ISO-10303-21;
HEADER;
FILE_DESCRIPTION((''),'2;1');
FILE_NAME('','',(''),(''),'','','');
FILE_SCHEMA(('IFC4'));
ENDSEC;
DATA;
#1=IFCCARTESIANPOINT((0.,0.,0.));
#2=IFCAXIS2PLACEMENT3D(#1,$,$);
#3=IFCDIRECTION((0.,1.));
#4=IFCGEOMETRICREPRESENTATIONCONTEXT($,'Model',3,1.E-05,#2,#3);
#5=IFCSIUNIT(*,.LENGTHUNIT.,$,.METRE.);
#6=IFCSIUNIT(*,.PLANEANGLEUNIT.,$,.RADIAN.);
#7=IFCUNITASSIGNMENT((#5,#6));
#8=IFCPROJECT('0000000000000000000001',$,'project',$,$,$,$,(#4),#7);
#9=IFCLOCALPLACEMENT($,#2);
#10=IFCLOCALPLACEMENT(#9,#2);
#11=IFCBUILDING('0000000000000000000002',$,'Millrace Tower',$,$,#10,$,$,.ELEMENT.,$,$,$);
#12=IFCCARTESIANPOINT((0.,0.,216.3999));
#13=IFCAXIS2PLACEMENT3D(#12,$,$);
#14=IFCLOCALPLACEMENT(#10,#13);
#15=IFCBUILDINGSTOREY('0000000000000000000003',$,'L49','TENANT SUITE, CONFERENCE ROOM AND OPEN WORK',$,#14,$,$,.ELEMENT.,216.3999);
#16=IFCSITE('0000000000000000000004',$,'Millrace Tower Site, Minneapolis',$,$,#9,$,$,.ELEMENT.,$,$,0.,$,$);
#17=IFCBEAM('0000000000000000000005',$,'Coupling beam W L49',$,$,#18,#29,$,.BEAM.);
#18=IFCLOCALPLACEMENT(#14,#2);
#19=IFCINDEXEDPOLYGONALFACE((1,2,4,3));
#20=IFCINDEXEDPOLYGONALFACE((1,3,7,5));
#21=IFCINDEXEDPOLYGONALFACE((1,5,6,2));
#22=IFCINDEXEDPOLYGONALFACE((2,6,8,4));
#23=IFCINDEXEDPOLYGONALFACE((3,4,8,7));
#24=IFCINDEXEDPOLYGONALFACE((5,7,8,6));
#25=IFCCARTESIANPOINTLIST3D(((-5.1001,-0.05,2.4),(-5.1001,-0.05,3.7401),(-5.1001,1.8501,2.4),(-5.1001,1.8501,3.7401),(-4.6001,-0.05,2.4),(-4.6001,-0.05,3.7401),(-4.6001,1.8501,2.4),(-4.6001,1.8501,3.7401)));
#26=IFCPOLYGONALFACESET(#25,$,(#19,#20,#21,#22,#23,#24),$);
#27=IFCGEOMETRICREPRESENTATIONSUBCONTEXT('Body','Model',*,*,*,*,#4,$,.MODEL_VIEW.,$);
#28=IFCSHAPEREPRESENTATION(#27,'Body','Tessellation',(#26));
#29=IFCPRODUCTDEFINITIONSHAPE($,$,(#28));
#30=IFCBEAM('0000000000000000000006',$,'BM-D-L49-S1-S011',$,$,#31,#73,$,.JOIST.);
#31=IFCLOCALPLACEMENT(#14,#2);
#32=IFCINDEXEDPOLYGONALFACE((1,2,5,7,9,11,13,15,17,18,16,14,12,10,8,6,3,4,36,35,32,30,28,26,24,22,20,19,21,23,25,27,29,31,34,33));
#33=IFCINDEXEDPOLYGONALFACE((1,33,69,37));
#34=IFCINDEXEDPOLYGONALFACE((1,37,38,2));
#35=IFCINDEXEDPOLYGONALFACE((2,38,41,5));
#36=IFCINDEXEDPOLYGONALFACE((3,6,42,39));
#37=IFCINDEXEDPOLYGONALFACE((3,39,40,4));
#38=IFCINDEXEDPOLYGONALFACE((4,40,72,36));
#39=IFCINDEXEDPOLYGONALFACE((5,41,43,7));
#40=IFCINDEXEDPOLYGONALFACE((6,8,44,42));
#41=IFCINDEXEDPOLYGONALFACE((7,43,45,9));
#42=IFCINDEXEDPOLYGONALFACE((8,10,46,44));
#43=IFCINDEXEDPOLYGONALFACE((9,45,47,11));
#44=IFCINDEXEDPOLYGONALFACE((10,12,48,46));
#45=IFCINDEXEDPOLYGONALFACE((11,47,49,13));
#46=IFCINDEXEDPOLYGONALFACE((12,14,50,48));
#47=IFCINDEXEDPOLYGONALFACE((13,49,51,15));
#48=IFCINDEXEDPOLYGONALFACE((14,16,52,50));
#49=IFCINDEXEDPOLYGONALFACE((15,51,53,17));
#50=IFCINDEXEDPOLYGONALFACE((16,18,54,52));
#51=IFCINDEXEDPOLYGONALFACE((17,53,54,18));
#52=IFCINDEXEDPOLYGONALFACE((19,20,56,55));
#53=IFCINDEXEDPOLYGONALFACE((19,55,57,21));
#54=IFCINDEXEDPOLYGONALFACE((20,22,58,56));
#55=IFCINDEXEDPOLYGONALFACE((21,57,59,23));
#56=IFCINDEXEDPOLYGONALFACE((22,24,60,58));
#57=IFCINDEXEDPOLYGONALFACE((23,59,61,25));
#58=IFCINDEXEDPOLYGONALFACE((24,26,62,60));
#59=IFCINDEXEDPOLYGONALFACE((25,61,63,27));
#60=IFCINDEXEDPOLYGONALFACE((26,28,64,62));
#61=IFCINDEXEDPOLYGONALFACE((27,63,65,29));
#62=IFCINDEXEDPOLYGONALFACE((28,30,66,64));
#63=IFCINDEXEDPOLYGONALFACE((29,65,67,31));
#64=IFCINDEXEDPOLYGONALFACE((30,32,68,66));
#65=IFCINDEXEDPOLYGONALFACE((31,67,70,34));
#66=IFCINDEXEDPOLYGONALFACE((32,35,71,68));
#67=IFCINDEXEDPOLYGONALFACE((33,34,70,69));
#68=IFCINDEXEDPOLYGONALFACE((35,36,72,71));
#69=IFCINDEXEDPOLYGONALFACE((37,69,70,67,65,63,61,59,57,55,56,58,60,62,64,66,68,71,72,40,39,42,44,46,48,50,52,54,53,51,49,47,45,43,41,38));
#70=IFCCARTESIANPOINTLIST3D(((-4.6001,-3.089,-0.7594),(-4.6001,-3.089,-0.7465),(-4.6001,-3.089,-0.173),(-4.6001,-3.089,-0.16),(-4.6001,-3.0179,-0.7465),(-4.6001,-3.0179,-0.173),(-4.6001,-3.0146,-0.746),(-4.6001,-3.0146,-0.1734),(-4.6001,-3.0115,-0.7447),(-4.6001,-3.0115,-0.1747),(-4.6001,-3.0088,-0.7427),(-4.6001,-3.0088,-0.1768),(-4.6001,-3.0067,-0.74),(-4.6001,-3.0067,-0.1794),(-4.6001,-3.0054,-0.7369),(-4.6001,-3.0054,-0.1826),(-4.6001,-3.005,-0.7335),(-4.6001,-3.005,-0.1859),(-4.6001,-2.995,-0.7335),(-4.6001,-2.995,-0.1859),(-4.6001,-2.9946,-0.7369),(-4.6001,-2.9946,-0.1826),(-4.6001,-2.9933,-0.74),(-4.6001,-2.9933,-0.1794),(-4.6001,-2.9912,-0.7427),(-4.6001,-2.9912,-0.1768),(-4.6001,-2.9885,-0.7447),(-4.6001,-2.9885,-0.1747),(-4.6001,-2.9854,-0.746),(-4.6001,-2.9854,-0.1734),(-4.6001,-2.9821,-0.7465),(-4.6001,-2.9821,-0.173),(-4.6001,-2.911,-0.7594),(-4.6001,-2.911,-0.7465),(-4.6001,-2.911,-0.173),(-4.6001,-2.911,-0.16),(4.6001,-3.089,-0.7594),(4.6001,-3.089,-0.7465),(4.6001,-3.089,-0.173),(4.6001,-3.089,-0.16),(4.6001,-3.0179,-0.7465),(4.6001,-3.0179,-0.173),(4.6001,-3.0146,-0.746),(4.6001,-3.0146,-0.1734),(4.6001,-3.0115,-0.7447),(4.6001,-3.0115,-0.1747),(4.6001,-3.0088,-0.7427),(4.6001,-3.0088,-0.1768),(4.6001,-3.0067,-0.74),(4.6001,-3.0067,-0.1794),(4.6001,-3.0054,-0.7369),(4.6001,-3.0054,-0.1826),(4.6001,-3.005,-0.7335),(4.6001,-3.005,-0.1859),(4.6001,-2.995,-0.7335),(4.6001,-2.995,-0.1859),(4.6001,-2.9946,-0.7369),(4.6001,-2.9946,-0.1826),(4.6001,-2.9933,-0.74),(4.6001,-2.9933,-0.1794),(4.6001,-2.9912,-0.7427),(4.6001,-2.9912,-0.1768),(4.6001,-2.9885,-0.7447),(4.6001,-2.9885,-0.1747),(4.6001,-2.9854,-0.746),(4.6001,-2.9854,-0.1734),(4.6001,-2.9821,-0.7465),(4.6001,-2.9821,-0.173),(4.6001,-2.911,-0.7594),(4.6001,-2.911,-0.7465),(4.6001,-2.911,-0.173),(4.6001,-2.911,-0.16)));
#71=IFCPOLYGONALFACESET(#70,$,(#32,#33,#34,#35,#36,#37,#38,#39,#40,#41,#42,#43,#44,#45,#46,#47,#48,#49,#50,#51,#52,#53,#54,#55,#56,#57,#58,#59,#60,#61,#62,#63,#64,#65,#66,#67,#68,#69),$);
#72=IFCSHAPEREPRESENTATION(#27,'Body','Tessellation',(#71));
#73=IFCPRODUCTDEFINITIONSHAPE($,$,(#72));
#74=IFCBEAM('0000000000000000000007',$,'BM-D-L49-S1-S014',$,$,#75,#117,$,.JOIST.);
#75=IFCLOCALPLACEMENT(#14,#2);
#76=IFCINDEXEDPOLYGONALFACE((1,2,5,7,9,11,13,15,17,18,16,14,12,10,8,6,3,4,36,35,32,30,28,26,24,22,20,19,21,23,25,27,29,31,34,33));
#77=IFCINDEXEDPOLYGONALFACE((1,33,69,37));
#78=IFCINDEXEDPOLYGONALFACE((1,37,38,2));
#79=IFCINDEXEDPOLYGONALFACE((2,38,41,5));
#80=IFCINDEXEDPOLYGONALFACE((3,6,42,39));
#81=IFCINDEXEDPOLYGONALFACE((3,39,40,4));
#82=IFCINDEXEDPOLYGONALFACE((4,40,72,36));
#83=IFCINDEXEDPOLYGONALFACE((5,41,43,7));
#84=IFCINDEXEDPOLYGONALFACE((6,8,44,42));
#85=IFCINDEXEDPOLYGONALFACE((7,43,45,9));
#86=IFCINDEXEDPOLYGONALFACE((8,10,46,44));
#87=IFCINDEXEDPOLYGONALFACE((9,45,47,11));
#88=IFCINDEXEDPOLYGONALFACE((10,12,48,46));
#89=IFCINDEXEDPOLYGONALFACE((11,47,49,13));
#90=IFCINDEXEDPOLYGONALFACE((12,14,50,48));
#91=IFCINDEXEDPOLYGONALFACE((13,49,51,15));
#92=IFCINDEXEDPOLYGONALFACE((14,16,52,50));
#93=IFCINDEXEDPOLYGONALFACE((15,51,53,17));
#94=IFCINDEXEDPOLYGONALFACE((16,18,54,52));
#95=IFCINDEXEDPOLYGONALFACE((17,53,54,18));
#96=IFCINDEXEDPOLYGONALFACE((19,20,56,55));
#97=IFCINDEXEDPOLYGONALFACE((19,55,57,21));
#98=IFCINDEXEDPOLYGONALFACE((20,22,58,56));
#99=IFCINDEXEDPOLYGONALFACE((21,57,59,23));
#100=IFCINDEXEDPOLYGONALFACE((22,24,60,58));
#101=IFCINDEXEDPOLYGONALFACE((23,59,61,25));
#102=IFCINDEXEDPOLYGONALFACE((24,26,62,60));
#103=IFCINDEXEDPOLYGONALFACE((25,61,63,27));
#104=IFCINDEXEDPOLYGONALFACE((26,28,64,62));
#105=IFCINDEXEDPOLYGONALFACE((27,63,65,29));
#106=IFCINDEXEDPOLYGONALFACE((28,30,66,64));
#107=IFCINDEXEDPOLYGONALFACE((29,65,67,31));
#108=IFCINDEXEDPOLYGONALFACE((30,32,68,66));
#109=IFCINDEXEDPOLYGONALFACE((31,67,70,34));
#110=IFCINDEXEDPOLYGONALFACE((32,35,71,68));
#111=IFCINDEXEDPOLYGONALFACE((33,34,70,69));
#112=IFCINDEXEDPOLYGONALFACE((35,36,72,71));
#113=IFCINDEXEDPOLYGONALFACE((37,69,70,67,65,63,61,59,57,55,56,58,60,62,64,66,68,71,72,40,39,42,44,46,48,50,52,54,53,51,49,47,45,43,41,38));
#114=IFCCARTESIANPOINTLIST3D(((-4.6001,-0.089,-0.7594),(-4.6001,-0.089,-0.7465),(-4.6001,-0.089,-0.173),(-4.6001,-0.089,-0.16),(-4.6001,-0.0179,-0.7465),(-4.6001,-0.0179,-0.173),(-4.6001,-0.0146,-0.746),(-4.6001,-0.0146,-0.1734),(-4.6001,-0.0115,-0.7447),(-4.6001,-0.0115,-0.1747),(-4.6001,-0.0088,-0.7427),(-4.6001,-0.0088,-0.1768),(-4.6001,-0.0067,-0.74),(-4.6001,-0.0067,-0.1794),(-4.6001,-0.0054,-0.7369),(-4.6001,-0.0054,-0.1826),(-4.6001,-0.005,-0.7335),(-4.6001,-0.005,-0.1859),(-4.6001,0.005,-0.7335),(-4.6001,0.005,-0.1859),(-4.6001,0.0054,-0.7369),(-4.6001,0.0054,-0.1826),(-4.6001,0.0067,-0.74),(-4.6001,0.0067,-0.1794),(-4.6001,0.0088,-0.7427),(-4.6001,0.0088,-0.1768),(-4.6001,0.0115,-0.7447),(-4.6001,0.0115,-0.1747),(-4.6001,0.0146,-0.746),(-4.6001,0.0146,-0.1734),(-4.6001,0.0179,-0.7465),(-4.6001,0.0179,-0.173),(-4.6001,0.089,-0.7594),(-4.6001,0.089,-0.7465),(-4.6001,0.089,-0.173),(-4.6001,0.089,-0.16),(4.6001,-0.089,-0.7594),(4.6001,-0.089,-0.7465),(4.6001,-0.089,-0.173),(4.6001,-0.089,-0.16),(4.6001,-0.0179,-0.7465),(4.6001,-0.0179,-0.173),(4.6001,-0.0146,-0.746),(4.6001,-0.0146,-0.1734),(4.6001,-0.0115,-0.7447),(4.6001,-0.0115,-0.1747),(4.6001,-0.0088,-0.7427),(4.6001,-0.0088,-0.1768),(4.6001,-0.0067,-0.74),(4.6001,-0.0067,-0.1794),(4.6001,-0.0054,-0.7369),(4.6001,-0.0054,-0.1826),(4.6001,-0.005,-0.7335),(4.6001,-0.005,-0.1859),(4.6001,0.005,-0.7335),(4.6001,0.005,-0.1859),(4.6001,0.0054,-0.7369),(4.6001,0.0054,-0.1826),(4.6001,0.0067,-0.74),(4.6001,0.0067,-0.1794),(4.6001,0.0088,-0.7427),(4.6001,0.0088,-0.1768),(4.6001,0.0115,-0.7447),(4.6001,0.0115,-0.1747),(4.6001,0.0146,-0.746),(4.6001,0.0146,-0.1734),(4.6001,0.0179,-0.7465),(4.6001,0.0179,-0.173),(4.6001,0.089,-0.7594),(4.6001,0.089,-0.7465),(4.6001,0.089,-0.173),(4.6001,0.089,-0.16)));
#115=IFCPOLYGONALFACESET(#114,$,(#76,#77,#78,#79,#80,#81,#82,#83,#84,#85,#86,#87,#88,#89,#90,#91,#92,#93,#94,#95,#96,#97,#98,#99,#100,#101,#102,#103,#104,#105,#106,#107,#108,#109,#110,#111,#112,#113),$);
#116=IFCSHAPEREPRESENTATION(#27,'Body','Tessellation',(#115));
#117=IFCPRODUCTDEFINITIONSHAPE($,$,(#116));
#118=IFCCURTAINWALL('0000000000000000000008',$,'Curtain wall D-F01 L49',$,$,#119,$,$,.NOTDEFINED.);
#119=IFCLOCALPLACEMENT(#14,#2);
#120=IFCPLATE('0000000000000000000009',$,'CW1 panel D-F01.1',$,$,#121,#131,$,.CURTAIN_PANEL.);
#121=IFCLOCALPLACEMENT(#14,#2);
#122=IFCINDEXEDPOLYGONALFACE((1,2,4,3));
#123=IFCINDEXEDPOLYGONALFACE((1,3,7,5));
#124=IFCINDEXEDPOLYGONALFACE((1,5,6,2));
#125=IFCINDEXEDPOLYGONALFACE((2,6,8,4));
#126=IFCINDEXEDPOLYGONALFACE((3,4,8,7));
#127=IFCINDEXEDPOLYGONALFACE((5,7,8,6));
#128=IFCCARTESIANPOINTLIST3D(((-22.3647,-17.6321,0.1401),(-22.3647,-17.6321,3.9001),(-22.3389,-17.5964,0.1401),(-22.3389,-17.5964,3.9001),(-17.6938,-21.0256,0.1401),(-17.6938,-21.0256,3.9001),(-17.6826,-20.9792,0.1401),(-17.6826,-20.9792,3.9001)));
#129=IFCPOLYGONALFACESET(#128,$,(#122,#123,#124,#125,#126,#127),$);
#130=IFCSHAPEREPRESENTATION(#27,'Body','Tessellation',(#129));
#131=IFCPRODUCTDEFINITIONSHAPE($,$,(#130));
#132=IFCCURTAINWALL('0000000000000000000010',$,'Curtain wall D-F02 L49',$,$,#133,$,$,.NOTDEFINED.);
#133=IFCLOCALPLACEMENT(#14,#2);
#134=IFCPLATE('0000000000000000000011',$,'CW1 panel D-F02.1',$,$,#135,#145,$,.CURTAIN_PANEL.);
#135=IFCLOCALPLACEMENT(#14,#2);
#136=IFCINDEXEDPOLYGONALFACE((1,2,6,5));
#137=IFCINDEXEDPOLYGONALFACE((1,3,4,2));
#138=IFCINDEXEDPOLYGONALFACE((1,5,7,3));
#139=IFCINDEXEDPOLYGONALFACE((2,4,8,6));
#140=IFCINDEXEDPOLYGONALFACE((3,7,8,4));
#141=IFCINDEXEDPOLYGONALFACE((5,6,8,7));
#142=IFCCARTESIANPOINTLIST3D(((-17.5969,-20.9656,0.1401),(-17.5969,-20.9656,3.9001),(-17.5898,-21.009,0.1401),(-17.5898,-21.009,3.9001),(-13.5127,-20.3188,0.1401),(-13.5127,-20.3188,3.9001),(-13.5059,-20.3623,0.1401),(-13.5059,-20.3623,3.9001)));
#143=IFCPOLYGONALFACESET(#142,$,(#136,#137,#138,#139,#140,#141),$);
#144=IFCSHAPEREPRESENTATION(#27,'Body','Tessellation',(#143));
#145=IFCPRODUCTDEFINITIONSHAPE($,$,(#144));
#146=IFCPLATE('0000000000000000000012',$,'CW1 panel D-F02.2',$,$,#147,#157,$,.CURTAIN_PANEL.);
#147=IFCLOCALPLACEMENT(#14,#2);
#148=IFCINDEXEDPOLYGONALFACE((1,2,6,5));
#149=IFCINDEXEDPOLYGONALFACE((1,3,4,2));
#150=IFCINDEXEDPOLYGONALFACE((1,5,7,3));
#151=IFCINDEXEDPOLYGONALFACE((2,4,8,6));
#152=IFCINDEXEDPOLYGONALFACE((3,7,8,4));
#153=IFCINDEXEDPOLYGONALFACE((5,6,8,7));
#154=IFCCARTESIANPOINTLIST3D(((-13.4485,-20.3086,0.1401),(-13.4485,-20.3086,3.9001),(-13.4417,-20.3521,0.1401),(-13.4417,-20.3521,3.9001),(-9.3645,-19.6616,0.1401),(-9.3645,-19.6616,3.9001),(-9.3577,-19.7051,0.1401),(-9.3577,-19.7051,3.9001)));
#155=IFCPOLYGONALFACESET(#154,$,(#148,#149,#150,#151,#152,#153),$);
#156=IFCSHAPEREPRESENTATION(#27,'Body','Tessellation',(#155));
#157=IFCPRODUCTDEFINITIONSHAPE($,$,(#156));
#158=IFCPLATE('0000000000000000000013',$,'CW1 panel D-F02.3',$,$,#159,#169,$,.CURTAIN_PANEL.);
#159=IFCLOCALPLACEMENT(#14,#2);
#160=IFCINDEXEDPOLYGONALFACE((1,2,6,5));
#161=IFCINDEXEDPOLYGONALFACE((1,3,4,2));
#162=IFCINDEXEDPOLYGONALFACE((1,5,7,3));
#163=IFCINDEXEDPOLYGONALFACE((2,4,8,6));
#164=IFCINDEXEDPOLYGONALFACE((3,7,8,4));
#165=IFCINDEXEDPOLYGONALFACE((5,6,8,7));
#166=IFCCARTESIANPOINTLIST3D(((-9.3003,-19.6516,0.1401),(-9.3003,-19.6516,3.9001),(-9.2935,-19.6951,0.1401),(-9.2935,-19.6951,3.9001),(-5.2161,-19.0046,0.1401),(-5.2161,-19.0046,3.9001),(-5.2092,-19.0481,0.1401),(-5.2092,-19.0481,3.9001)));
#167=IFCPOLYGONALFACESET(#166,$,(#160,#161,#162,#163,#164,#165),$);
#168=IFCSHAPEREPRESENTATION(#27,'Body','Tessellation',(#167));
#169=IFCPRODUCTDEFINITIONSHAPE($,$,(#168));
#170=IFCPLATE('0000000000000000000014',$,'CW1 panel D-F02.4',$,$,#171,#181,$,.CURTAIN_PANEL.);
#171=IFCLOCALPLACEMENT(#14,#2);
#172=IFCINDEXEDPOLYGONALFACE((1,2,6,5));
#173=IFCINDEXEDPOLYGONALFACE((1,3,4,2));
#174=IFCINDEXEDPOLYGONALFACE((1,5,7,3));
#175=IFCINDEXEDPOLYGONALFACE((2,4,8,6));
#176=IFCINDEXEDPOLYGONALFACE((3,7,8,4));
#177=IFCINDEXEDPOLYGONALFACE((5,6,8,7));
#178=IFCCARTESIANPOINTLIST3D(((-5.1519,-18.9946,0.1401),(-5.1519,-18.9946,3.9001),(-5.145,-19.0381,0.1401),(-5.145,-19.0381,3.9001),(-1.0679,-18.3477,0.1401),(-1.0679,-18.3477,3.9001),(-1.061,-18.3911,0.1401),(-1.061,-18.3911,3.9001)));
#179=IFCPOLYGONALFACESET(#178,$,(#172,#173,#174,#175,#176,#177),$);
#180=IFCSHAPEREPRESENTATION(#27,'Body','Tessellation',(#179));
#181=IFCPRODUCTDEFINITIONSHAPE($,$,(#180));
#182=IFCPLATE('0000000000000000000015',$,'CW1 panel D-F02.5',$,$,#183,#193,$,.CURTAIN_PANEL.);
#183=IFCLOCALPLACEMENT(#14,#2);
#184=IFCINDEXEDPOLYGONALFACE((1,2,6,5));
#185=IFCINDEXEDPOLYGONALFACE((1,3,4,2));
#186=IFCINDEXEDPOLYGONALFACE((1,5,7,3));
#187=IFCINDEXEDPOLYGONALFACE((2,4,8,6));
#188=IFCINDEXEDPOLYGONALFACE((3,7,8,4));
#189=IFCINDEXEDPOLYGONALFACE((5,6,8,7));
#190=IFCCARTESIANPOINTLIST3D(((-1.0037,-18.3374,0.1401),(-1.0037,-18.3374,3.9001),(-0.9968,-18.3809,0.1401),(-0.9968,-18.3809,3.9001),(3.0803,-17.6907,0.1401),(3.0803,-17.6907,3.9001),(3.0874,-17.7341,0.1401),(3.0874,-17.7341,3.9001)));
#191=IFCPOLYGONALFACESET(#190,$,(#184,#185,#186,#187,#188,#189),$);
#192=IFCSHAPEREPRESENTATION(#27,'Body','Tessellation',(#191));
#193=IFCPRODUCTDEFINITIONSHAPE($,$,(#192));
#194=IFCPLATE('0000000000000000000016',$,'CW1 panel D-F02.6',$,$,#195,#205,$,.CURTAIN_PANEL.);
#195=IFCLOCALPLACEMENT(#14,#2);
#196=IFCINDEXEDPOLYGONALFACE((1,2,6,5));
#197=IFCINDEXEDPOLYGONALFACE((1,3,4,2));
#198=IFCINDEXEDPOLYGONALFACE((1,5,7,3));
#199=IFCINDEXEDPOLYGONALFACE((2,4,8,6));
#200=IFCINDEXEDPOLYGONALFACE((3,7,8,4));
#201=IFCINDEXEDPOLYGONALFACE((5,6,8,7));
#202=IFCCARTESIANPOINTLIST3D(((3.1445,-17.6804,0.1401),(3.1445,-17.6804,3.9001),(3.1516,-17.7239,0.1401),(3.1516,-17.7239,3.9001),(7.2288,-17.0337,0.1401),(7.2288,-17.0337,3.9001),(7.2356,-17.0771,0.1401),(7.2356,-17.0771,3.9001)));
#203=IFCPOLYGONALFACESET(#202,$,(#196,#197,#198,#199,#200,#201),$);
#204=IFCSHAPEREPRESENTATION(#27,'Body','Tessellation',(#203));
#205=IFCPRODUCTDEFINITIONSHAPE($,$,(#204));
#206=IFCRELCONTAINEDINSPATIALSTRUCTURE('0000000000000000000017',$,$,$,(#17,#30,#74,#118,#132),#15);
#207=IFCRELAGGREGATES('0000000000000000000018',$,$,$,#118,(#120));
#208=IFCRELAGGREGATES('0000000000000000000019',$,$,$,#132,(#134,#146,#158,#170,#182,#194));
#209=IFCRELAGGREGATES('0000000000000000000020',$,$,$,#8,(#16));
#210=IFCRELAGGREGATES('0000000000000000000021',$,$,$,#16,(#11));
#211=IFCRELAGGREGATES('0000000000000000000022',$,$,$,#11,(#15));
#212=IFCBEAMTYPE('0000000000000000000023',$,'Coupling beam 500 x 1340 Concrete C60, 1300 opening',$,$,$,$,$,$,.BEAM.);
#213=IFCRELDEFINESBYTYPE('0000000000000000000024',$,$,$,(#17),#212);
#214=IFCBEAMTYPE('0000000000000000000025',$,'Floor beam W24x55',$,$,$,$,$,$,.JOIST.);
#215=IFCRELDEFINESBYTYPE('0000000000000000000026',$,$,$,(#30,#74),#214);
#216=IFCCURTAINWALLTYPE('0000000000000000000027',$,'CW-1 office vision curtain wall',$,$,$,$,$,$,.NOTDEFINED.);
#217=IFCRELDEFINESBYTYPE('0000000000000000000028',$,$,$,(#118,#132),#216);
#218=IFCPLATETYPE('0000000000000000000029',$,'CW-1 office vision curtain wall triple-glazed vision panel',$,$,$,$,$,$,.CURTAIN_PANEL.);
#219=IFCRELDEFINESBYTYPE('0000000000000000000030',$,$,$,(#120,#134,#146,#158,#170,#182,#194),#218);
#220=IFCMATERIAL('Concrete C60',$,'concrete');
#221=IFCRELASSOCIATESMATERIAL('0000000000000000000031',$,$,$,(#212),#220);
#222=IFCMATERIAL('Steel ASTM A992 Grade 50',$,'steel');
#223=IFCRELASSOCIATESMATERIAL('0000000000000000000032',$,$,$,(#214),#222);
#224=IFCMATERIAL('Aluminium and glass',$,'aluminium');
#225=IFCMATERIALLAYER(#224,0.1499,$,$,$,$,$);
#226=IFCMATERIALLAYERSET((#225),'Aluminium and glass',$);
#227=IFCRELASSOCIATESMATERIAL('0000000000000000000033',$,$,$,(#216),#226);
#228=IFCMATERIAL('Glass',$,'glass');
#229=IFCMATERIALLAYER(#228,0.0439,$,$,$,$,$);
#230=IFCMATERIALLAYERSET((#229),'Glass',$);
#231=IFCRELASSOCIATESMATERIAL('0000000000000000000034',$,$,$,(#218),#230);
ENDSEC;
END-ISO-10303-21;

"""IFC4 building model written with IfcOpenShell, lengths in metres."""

from ifc_helpers import new_model, si_unit, direction, frame, origin, origin_2d, place, context, subcontext, project, spatial, polyline, rectangle, i_section, outline, extrude, material, layer, layer_set, material_profile, profile_set, type_object, element, aggregate, save


model = new_model("IFC4")

# Units and contexts
model_context = context("Model", 3, precision=1e-05, world=origin(), true_north=direction((0.0, 1.0)))
body_context = subcontext(model_context, "Body", "Model", "MODEL_VIEW")
ifc_project = project(units=[si_unit("LENGTHUNIT", "METRE"), si_unit("PLANEANGLEUNIT", "RADIAN")], contexts=[model_context])

# Site, building, storey
site_placement = place(None, origin())
site = spatial("IfcSite", under=ifc_project, at=site_placement, Name="Millrace Tower Site, Minneapolis", CompositionType="ELEMENT", RefElevation=0.0)
building_placement = place(site_placement, origin())
building = spatial("IfcBuilding", under=site, at=building_placement, Name="Millrace Tower", CompositionType="ELEMENT")
storey_placement = place(building_placement, frame((0.0, 0.0, 216.3999)))
storey = spatial("IfcBuildingStorey", under=building, at=storey_placement, Name="L49", Description="TENANT SUITE, CONFERENCE ROOM AND OPEN WORK", CompositionType="ELEMENT", Elevation=216.3999)

# Beams
ifc_material_1 = material(Name="Concrete C60", Category="concrete")
ifc_material_profile_1 = material_profile(ifc_material_1, rectangle(XDim=0.5, YDim=1.3401, at=origin_2d()))
ifc_profile_set_1 = profile_set([ifc_material_profile_1], Name="Concrete C60")
beam_type_1 = type_object("IfcBeamType", Name="Coupling beam 500 x 1340 Concrete C60, 1300 opening", PredefinedType="BEAM", material=ifc_profile_set_1)
beam_placement = place(storey_placement, frame((-4.8501, -0.05, 3.0701), z_axis=(0.0, 1.0, 0.0), x_axis=(-1.0, 0.0, 0.0)))
element("IfcBeam", 1, at=beam_placement, inside=storey, type_object=beam_type_1, Name="Coupling beam W L49", PredefinedType="BEAM", context=body_context, shape_type="SweptSolid", body=[
    extrude(rectangle(XDim=0.5, YDim=1.3401, at=origin_2d()), origin(), (0.0, 0.0, 1.0), 1.9001),
])
ifc_material_2 = material(Name="Steel ASTM A992 Grade 50", Category="steel")
ifc_material_profile_2 = material_profile(ifc_material_2, i_section(OverallWidth=0.178, OverallDepth=0.5994, WebThickness=0.01, FlangeThickness=0.0129, FilletRadius=0.0129, at=origin_2d()))
ifc_profile_set_2 = profile_set([ifc_material_profile_2], Name="Steel ASTM A992 Grade 50")
beam_type_2 = type_object("IfcBeamType", Name="Floor beam W24x55", PredefinedType="JOIST", material=ifc_profile_set_2)
for number, where, z_axis, x_axis, name in (
    (2, (-4.6001, -3.0, -0.4597), (1.0, 0.0, 0.0), (0.0, 1.0, 0.0), "BM-D-L49-S1-S011"),
    (3, (-4.6001, 0.0, -0.4597), (1.0, 0.0, 0.0), (0.0, 1.0, 0.0), "BM-D-L49-S1-S014"),
):
    element("IfcBeam", number, at=place(storey_placement, frame(where, z_axis=z_axis, x_axis=x_axis)), inside=storey, type_object=beam_type_2, Name=name, PredefinedType="JOIST", context=body_context, shape_type="SweptSolid", body=[
        extrude(i_section(OverallWidth=0.178, OverallDepth=0.5994, WebThickness=0.01, FlangeThickness=0.0129, FilletRadius=0.0129, at=origin_2d()), origin(), (0.0, 0.0, 1.0), 9.2002),
    ])

# Curtain wall, plate
ifc_material_3 = material(Name="Aluminium and glass", Category="aluminium")
ifc_layer_1 = layer(ifc_material_3, 0.1499)
ifc_layer_set_1 = layer_set([ifc_layer_1], Name="Aluminium and glass")
curtain_wall_type = type_object("IfcCurtainWallType", Name="CW-1 office vision curtain wall", PredefinedType="NOTDEFINED", material=ifc_layer_set_1)
placement_1 = place(storey_placement, origin())
curtain_wall_1 = element("IfcCurtainWall", 4, at=placement_1, inside=storey, type_object=curtain_wall_type, Name="Curtain wall D-F01 L49", PredefinedType="NOTDEFINED")
ifc_material_4 = material(Name="Glass", Category="glass")
ifc_layer_2 = layer(ifc_material_4, 0.0439)
ifc_layer_set_2 = layer_set([ifc_layer_2], Name="Glass")
plate_type = type_object("IfcPlateType", Name="CW-1 office vision curtain wall triple-glazed vision panel", PredefinedType="CURTAIN_PANEL", material=ifc_layer_set_2)
placement_2 = place(storey_placement, frame((0.0, 0.0, 0.1401)))
plate_1 = element("IfcPlate", 5, at=placement_2, type_object=plate_type, Name="CW1 panel D-F01.1", PredefinedType="CURTAIN_PANEL", context=body_context, shape_type="SweptSolid", body=[
    extrude(outline(polyline([(-22.3647, -17.6321), (-17.6938, -21.0256), (-17.6826, -20.9792), (-22.3389, -17.5964), (-22.3647, -17.6321)])), origin(), (0.0, 0.0, 1.0), 3.76),
])
aggregate(curtain_wall_1, [plate_1])

# Curtain wall, plates
curtain_wall_2 = element("IfcCurtainWall", 6, at=placement_1, inside=storey, type_object=curtain_wall_type, Name="Curtain wall D-F02 L49", PredefinedType="NOTDEFINED")
plate_2 = element("IfcPlate", 7, at=placement_2, type_object=plate_type, Name="CW1 panel D-F02.1", PredefinedType="CURTAIN_PANEL", context=body_context, shape_type="SweptSolid", body=[
    extrude(outline(polyline([(-17.5898, -21.009), (-13.5059, -20.3623), (-13.5127, -20.3188), (-17.5969, -20.9656), (-17.5898, -21.009)])), origin(), (0.0, 0.0, 1.0), 3.76),
])
plate_3 = element("IfcPlate", 8, at=placement_2, type_object=plate_type, Name="CW1 panel D-F02.2", PredefinedType="CURTAIN_PANEL", context=body_context, shape_type="SweptSolid", body=[
    extrude(outline(polyline([(-13.4417, -20.3521), (-9.3577, -19.7051), (-9.3645, -19.6616), (-13.4485, -20.3086), (-13.4417, -20.3521)])), origin(), (0.0, 0.0, 1.0), 3.76),
])
plate_4 = element("IfcPlate", 9, at=placement_2, type_object=plate_type, Name="CW1 panel D-F02.3", PredefinedType="CURTAIN_PANEL", context=body_context, shape_type="SweptSolid", body=[
    extrude(outline(polyline([(-9.2935, -19.6951), (-5.2092, -19.0481), (-5.2161, -19.0046), (-9.3003, -19.6516), (-9.2935, -19.6951)])), origin(), (0.0, 0.0, 1.0), 3.76),
])
plate_5 = element("IfcPlate", 10, at=placement_2, type_object=plate_type, Name="CW1 panel D-F02.4", PredefinedType="CURTAIN_PANEL", context=body_context, shape_type="SweptSolid", body=[
    extrude(outline(polyline([(-5.145, -19.0381), (-1.061, -18.3911), (-1.0679, -18.3477), (-5.1519, -18.9946), (-5.145, -19.0381)])), origin(), (0.0, 0.0, 1.0), 3.76),
])
plate_6 = element("IfcPlate", 11, at=placement_2, type_object=plate_type, Name="CW1 panel D-F02.5", PredefinedType="CURTAIN_PANEL", context=body_context, shape_type="SweptSolid", body=[
    extrude(outline(polyline([(-0.9968, -18.3809), (3.0874, -17.7341), (3.0803, -17.6907), (-1.0037, -18.3374), (-0.9968, -18.3809)])), origin(), (0.0, 0.0, 1.0), 3.76),
])
plate_7 = element("IfcPlate", 12, at=placement_2, type_object=plate_type, Name="CW1 panel D-F02.6", PredefinedType="CURTAIN_PANEL", context=body_context, shape_type="SweptSolid", body=[
    extrude(outline(polyline([(3.1516, -17.7239), (7.2356, -17.0771), (7.2288, -17.0337), (3.1445, -17.6804), (3.1516, -17.7239)])), origin(), (0.0, 0.0, 1.0), 3.76),
])
aggregate(curtain_wall_2, [plate_2, plate_3, plate_4, plate_5, plate_6, plate_7])

save(model, "model.ifc")
